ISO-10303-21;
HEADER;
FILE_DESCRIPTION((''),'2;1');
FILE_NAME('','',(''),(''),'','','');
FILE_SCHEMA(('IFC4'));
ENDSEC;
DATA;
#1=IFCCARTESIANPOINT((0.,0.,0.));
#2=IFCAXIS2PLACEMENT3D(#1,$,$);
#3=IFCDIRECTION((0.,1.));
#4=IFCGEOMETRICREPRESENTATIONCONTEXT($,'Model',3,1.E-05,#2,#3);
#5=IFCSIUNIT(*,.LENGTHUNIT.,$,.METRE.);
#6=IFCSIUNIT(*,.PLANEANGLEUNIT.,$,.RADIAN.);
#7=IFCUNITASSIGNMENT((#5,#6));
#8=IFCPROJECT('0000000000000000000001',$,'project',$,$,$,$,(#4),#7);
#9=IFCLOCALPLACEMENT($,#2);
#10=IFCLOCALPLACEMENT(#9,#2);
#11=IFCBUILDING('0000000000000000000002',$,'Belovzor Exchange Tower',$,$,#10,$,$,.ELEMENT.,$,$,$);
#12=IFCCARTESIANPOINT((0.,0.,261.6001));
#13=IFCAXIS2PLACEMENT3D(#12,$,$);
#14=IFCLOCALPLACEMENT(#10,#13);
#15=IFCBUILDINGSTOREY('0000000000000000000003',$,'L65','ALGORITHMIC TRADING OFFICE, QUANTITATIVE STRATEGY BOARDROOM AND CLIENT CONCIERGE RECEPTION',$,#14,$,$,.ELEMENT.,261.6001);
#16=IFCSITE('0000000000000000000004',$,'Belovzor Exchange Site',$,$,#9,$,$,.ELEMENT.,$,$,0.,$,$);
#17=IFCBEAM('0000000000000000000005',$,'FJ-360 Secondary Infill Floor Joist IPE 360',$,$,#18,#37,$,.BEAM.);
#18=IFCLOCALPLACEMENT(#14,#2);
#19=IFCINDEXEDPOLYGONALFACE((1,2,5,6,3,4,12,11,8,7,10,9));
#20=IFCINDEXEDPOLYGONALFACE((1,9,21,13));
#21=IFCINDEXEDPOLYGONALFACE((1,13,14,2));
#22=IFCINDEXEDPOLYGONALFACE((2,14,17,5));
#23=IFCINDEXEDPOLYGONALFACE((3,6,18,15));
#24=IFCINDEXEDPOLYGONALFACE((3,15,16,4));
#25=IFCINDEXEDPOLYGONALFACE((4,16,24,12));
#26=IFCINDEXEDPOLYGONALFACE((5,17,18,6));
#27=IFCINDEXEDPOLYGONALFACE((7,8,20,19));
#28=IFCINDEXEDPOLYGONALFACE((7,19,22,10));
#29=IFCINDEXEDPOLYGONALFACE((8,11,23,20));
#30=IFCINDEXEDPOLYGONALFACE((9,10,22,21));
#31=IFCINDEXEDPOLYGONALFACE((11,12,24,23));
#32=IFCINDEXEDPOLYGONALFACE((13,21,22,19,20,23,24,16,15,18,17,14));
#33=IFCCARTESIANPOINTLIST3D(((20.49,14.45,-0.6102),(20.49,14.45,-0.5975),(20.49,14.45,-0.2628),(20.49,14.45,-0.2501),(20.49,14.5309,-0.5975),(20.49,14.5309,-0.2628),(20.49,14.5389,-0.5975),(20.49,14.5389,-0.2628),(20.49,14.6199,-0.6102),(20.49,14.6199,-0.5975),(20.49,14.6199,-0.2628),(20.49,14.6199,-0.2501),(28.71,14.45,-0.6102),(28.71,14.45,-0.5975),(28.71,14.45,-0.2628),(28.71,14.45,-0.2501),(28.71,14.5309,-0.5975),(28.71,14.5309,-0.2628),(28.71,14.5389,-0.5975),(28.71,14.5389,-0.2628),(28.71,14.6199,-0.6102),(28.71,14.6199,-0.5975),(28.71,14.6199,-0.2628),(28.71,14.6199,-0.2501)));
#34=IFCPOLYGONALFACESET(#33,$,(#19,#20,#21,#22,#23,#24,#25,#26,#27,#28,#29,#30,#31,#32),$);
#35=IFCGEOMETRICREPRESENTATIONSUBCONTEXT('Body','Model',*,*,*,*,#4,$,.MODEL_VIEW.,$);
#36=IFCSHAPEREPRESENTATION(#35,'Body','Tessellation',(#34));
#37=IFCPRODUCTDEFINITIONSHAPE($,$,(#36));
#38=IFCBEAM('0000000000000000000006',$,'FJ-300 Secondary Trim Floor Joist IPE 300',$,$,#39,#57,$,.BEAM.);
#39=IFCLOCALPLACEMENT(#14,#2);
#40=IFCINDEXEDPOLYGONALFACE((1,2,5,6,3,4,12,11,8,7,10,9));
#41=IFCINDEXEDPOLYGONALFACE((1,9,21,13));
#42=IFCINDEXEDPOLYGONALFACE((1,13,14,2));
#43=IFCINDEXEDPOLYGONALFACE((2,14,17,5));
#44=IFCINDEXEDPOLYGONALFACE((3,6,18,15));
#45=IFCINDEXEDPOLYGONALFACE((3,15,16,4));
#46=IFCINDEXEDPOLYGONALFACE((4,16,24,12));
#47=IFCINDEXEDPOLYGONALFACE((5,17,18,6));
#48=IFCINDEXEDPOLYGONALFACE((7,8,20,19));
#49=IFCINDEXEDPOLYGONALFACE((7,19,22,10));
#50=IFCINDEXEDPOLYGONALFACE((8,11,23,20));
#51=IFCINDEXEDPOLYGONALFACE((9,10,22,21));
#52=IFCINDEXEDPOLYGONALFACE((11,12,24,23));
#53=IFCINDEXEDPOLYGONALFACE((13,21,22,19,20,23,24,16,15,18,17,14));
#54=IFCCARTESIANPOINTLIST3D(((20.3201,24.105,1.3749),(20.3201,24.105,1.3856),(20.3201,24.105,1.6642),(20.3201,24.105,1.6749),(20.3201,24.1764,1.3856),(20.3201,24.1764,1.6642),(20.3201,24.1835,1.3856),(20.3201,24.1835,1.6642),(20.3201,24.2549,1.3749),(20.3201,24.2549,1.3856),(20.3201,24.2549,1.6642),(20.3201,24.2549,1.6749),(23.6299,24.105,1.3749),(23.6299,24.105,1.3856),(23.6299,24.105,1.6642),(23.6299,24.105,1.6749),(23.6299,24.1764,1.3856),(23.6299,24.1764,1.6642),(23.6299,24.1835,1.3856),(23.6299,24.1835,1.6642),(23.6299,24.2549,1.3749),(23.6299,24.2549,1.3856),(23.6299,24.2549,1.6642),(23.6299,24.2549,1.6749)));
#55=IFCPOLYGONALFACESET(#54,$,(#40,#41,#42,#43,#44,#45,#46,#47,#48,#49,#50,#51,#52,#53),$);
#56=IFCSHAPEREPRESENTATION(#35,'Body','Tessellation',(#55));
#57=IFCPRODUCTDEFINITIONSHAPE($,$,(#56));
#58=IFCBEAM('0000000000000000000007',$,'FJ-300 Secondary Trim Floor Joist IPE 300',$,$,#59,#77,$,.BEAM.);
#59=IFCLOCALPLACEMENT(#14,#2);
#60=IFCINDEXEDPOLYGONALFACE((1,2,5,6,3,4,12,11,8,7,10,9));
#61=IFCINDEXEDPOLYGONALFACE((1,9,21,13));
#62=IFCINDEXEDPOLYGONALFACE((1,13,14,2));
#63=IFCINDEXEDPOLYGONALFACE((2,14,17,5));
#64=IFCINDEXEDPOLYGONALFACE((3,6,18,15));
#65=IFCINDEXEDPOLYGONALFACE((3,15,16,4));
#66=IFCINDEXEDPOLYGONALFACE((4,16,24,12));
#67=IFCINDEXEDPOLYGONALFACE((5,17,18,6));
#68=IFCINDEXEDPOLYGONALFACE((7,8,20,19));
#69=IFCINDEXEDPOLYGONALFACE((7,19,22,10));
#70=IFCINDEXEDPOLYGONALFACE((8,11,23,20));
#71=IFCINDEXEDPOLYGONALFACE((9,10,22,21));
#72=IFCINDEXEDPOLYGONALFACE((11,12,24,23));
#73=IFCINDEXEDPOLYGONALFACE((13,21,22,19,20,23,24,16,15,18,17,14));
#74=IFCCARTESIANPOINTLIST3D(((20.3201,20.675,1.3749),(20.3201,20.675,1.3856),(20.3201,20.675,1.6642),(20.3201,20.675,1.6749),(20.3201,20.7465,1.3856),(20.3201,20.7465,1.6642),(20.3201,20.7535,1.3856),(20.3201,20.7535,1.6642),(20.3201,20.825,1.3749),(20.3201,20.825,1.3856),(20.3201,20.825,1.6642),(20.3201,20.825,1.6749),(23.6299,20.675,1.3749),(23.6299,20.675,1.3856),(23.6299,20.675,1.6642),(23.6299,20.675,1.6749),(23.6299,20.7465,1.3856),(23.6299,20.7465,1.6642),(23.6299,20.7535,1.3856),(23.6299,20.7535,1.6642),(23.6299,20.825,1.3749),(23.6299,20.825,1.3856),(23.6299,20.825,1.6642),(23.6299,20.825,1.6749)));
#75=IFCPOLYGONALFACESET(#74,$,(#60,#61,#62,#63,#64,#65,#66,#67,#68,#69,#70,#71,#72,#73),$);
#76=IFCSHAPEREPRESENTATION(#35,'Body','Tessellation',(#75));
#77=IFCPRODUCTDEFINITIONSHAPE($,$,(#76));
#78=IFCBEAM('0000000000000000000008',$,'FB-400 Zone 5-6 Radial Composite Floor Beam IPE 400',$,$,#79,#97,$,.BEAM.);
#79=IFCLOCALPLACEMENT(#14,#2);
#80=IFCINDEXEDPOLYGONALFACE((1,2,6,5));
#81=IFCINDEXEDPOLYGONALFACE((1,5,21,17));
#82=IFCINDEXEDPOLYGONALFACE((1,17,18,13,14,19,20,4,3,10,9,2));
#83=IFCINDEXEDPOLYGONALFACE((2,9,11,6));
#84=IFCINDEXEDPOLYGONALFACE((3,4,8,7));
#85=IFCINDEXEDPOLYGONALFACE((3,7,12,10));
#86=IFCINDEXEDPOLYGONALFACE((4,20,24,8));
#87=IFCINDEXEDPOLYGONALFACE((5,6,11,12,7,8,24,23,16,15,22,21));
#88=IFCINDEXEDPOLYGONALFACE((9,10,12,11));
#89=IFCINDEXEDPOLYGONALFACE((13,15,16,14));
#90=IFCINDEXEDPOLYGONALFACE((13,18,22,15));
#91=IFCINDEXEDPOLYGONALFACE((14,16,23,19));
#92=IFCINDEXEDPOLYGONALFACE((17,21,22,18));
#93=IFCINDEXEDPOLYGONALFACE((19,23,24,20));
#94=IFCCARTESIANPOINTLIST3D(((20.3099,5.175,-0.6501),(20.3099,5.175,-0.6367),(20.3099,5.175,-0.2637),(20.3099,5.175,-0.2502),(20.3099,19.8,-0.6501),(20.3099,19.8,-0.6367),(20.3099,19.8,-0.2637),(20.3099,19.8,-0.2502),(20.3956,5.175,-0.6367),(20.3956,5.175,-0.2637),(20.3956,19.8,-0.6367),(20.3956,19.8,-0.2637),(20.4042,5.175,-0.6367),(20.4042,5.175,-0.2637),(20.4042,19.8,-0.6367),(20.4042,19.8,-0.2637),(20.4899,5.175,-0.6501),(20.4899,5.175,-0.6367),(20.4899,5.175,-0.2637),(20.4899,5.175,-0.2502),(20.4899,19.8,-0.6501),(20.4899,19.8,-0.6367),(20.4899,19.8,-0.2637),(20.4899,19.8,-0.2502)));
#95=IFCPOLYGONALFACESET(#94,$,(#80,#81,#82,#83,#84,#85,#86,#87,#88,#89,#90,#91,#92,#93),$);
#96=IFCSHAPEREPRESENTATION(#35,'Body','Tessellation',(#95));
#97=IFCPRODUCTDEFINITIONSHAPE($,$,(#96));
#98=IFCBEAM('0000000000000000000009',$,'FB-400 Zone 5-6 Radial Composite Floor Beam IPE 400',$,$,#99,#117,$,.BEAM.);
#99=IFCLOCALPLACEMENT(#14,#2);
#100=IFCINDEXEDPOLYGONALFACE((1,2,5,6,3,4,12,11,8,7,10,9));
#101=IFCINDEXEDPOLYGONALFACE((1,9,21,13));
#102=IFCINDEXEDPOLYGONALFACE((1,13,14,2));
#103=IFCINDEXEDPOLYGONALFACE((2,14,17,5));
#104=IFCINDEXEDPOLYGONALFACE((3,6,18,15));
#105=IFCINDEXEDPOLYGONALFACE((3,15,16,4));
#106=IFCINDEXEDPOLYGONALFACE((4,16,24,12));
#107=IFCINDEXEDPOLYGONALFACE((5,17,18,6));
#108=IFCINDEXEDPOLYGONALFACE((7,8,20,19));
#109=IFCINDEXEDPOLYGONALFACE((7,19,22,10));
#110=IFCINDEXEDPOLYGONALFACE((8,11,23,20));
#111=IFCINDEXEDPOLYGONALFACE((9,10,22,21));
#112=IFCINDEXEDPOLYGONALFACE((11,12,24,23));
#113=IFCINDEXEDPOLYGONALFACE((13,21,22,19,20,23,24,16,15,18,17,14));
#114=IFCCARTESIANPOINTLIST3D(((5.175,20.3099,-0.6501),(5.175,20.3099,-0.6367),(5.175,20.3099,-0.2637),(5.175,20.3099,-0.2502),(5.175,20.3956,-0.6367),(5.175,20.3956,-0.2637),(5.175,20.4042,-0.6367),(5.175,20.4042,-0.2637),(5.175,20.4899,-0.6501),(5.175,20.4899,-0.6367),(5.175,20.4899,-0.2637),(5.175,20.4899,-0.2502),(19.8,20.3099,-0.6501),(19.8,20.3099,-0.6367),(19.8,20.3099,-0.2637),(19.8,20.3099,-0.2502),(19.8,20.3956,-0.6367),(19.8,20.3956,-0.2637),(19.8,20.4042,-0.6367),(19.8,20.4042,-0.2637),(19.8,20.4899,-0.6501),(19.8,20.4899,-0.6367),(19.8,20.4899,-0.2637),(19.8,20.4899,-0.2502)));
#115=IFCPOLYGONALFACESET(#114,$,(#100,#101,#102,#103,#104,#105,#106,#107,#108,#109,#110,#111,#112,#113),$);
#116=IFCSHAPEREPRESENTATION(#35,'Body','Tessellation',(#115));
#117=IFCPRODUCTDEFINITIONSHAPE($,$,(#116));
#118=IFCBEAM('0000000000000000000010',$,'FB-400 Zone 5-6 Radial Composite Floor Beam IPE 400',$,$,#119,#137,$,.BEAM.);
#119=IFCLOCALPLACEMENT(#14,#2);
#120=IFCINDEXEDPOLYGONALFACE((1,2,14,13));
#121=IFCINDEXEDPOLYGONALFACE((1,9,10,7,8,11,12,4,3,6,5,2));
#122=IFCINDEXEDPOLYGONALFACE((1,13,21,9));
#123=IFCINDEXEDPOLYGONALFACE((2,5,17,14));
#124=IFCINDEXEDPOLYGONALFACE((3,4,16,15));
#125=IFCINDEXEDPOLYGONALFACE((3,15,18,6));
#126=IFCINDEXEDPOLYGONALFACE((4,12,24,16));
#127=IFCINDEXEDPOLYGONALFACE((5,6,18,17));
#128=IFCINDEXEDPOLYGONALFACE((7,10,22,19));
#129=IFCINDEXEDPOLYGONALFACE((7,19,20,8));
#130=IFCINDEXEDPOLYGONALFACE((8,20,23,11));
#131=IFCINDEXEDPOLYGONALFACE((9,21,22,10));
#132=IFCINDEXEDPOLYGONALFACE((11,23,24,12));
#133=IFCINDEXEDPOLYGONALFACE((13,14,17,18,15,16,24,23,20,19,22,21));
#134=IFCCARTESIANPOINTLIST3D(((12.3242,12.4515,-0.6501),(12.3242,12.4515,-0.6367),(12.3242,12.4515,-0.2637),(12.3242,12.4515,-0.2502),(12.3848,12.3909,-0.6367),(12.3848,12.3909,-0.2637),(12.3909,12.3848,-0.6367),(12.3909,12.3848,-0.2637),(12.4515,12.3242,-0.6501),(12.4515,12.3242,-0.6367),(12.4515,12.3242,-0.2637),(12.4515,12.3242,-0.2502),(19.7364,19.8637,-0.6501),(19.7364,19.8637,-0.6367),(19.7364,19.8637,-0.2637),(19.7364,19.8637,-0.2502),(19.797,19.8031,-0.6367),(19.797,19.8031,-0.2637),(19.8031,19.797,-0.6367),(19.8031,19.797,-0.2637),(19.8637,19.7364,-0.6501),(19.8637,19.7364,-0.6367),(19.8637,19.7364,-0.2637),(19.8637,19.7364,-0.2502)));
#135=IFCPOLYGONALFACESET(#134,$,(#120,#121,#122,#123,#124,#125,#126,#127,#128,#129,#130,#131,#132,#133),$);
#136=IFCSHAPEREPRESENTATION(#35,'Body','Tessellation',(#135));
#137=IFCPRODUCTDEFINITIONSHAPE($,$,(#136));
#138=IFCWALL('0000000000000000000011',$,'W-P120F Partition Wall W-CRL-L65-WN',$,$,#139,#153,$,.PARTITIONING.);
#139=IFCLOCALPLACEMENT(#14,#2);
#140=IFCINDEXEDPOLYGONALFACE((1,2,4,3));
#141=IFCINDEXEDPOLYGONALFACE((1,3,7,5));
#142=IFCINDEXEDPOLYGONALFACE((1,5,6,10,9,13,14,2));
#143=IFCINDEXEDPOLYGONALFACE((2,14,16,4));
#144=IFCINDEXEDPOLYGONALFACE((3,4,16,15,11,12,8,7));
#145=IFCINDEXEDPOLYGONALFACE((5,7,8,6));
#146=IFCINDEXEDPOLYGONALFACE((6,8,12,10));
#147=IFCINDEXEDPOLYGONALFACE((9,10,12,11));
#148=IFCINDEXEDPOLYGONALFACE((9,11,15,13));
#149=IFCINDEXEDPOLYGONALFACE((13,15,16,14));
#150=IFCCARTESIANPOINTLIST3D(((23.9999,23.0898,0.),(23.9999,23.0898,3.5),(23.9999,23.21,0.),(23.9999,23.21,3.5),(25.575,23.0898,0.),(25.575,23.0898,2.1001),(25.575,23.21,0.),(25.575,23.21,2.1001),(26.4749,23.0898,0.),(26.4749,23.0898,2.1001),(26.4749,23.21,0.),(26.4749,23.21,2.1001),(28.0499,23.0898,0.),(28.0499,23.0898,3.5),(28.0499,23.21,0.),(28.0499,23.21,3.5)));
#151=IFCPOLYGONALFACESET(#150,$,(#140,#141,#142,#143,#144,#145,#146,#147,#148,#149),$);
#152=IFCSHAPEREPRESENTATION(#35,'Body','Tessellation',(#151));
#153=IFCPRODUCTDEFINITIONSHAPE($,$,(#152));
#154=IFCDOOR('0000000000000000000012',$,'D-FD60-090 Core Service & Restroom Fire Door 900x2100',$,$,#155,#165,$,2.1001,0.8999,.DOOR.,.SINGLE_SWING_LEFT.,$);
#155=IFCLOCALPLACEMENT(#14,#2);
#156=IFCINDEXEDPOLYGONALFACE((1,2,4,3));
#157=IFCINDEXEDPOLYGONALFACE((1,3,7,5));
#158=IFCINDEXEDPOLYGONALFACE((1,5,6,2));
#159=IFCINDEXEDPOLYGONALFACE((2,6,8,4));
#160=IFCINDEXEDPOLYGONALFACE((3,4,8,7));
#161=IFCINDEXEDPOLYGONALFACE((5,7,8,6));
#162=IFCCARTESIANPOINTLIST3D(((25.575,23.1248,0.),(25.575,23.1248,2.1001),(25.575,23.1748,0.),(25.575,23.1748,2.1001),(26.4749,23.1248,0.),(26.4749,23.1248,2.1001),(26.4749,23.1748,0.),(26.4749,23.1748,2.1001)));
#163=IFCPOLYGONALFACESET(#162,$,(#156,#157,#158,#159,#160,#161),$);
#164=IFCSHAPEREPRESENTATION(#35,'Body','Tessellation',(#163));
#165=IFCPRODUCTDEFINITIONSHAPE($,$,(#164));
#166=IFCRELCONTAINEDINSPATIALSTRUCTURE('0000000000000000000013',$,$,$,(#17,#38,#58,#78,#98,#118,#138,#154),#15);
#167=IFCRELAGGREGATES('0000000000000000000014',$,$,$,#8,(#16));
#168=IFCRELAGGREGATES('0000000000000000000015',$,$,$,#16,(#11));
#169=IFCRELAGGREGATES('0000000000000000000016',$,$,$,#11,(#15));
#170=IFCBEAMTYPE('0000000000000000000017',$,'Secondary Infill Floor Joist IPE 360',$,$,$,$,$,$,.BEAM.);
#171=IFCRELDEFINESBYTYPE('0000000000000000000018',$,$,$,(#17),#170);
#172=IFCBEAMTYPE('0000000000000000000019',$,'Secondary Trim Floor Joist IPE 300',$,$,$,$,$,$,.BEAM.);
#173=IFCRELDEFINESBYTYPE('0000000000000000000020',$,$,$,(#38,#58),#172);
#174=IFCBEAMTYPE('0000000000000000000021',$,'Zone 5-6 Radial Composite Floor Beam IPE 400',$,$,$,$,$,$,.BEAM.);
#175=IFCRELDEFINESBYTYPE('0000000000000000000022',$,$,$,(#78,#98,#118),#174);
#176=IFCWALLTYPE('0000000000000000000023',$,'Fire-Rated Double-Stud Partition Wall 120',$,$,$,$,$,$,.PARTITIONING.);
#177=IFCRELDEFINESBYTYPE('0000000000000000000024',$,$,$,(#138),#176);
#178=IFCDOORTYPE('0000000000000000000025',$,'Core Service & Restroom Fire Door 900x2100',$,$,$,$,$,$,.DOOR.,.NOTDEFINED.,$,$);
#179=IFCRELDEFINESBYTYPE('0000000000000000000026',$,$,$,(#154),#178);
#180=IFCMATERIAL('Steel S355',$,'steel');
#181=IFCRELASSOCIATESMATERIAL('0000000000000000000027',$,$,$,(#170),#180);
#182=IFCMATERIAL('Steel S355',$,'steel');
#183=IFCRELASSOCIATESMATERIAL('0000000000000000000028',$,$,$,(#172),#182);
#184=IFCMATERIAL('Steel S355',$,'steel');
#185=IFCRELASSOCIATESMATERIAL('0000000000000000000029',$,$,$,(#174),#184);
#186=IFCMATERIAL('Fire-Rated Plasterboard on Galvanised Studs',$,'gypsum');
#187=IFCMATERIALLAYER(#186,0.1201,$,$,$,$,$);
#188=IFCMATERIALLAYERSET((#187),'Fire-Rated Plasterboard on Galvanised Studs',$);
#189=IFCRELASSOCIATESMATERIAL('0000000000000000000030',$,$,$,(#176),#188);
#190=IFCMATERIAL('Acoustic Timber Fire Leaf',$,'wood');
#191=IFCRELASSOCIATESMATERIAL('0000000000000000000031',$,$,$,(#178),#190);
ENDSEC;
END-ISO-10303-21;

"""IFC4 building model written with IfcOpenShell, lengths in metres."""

from ifc_helpers import new_model, si_unit, direction, frame, frame_2d, origin, origin_2d, place, context, subcontext, project, spatial, rectangle, i_section, extrude, material, layer, layer_set, material_profile, profile_set, type_object, element, fill, save


model = new_model("IFC4")

# Units and contexts
model_context = context("Model", 3, precision=1e-05, world=origin(), true_north=direction((0.0, 1.0)))
body_context = subcontext(model_context, "Body", "Model", "MODEL_VIEW")
ifc_project = project(units=[si_unit("LENGTHUNIT", "METRE"), si_unit("PLANEANGLEUNIT", "RADIAN")], contexts=[model_context])

# Site, building, storey
site_placement = place(None, origin())
site = spatial("IfcSite", under=ifc_project, at=site_placement, Name="Belovzor Exchange Site", CompositionType="ELEMENT", RefElevation=0.0)
building_placement = place(site_placement, origin())
building = spatial("IfcBuilding", under=site, at=building_placement, Name="Belovzor Exchange Tower", CompositionType="ELEMENT")
storey_placement = place(building_placement, frame((0.0, 0.0, 261.6001)))
storey = spatial("IfcBuildingStorey", under=building, at=storey_placement, Name="L65", Description="ALGORITHMIC TRADING OFFICE, QUANTITATIVE STRATEGY BOARDROOM AND CLIENT CONCIERGE RECEPTION", CompositionType="ELEMENT", Elevation=261.6001)

# Beams
ifc_material_1 = material(Name="Steel S355", Category="steel")
ifc_material_profile_1 = material_profile(ifc_material_1, i_section(OverallWidth=0.1699, OverallDepth=0.3601, WebThickness=0.0081, FlangeThickness=0.0127, at=origin_2d()))
ifc_profile_set_1 = profile_set([ifc_material_profile_1], Name="Steel S355")
beam_type_1 = type_object("IfcBeamType", Name="Secondary Infill Floor Joist IPE 360", PredefinedType="BEAM", material=ifc_profile_set_1)
beam_1_placement = place(storey_placement, frame((20.49, 14.5349, -0.4302), z_axis=(1.0, 0.0, 0.0), x_axis=(0.0, 1.0, 0.0)))
element("IfcBeam", 1, at=beam_1_placement, inside=storey, type_object=beam_type_1, Name="FJ-360 Secondary Infill Floor Joist IPE 360", PredefinedType="BEAM", context=body_context, shape_type="SweptSolid", body=[
    extrude(i_section(OverallWidth=0.1699, OverallDepth=0.3601, WebThickness=0.0081, FlangeThickness=0.0127, at=origin_2d()), origin(), (0.0, 0.0, 1.0), 8.22),
])
ifc_material_2 = material(Name="Steel S355", Category="steel")
ifc_material_profile_2 = material_profile(ifc_material_2, i_section(OverallWidth=0.1499, OverallDepth=0.3, WebThickness=0.0071, FlangeThickness=0.0107, at=origin_2d()))
ifc_profile_set_2 = profile_set([ifc_material_profile_2], Name="Steel S355")
beam_type_2 = type_object("IfcBeamType", Name="Secondary Trim Floor Joist IPE 300", PredefinedType="BEAM", material=ifc_profile_set_2)
for number, where, z_axis, x_axis, name in (
    (2, (20.3201, 24.1799, 1.5249), (1.0, 0.0, 0.0), (0.0, 1.0, 0.0), "FJ-300 Secondary Trim Floor Joist IPE 300"),
    (3, (20.3201, 20.75, 1.5249), (1.0, 0.0, 0.0), (0.0, 1.0, 0.0), "FJ-300 Secondary Trim Floor Joist IPE 300"),
):
    element("IfcBeam", number, at=place(storey_placement, frame(where, z_axis=z_axis, x_axis=x_axis)), inside=storey, type_object=beam_type_2, Name=name, PredefinedType="BEAM", context=body_context, shape_type="SweptSolid", body=[
        extrude(i_section(OverallWidth=0.1499, OverallDepth=0.3, WebThickness=0.0071, FlangeThickness=0.0107, at=origin_2d()), origin(), (0.0, 0.0, 1.0), 3.3098),
    ])
ifc_material_3 = material(Name="Steel S355", Category="steel")
ifc_material_profile_3 = material_profile(ifc_material_3, i_section(OverallWidth=0.1799, OverallDepth=0.3999, WebThickness=0.0085, FlangeThickness=0.0134, at=origin_2d()))
ifc_profile_set_3 = profile_set([ifc_material_profile_3], Name="Steel S355")
beam_type_3 = type_object("IfcBeamType", Name="Zone 5-6 Radial Composite Floor Beam IPE 400", PredefinedType="BEAM", material=ifc_profile_set_3)
for number, where, z_axis, x_axis, name in (
    (4, (20.3999, 19.8, -0.4502), (0.0, -1.0, 0.0), (1.0, 0.0, 0.0), "FB-400 Zone 5-6 Radial Composite Floor Beam IPE 400"),
    (5, (19.8, 20.3999, -0.4502), (-1.0, 0.0, 0.0), (0.0, -1.0, 0.0), "FB-400 Zone 5-6 Radial Composite Floor Beam IPE 400"),
):
    element("IfcBeam", number, at=place(storey_placement, frame(where, z_axis=z_axis, x_axis=x_axis)), inside=storey, type_object=beam_type_3, Name=name, PredefinedType="BEAM", context=body_context, shape_type="SweptSolid", body=[
        extrude(i_section(OverallWidth=0.1799, OverallDepth=0.3999, WebThickness=0.0085, FlangeThickness=0.0134, at=origin_2d()), origin(), (0.0, 0.0, 1.0), 14.625),
    ])
beam_2_placement = place(storey_placement, frame((19.8, 19.8, -0.4502), z_axis=(-0.707107, -0.707107, 0.0), x_axis=(0.707107, -0.707107, 0.0)))
element("IfcBeam", 6, at=beam_2_placement, inside=storey, type_object=beam_type_3, Name="FB-400 Zone 5-6 Radial Composite Floor Beam IPE 400", PredefinedType="BEAM", context=body_context, shape_type="SweptSolid", body=[
    extrude(i_section(OverallWidth=0.1799, OverallDepth=0.3999, WebThickness=0.0085, FlangeThickness=0.0134, at=origin_2d()), origin(), (0.0, 0.0, 1.0), 10.4824),
])

# Wall, opening, door
ifc_material_4 = material(Name="Fire-Rated Plasterboard on Galvanised Studs", Category="gypsum")
ifc_layer_1 = layer(ifc_material_4, 0.1201)
ifc_layer_set_1 = layer_set([ifc_layer_1], Name="Fire-Rated Plasterboard on Galvanised Studs")
wall_type_1 = type_object("IfcWallType", Name="Fire-Rated Double-Stud Partition Wall 120", PredefinedType="PARTITIONING", material=ifc_layer_set_1)
wall_1_placement = place(storey_placement, frame((24.0, 23.1499, 0.0), z_axis=(0.0, 0.0, 1.0), x_axis=(1.0, 0.0, 0.0)))
wall_1 = element("IfcWall", 7, at=wall_1_placement, inside=storey, type_object=wall_type_1, Name="W-P120F Partition Wall W-CRL-L65-WN", PredefinedType="PARTITIONING", context=body_context, shape_type="SweptSolid", body=[
    extrude(rectangle(XDim=4.05, YDim=0.1201, at=frame_2d((2.0249, 0.0))), origin(), (0.0, 0.0, 1.0), 3.5),
])
opening_1_placement = place(wall_1_placement, frame((1.575, 0.0, 0.0)))
opening_1 = element("IfcOpeningElement", 8, at=opening_1_placement, cuts=wall_1, PredefinedType="OPENING", context=body_context, shape_type="SweptSolid", body=[
    extrude(rectangle(XDim=0.8999, YDim=2.1001, at=frame_2d((0.45, 1.05))), frame((0.0, 0.0701, 0.0), z_axis=(0.0, -1.0, 0.0), x_axis=(1.0, 0.0, 0.0)), (0.0, 0.0, 1.0), 0.1401),
])
ifc_material_5 = material(Name="Acoustic Timber Fire Leaf", Category="wood")
door_type_1 = type_object("IfcDoorType", Name="Core Service & Restroom Fire Door 900x2100", OperationType="NOTDEFINED", PredefinedType="DOOR", material=ifc_material_5)
door_1_placement = place(opening_1_placement, origin())
door_1 = element("IfcDoor", 9, at=door_1_placement, inside=storey, type_object=door_type_1, Name="D-FD60-090 Core Service & Restroom Fire Door 900x2100", OperationType="SINGLE_SWING_LEFT", OverallHeight=2.1001, OverallWidth=0.8999, PredefinedType="DOOR", context=body_context, shape_type="SweptSolid", body=[
    extrude(rectangle(XDim=0.8999, YDim=2.1001, at=frame_2d((0.45, 1.05))), frame((0.0, 0.0249, 0.0), z_axis=(0.0, -1.0, 0.0), x_axis=(1.0, 0.0, 0.0)), (0.0, 0.0, 1.0), 0.05),
])
fill(opening_1, door_1)

save(model, "model.ifc")
